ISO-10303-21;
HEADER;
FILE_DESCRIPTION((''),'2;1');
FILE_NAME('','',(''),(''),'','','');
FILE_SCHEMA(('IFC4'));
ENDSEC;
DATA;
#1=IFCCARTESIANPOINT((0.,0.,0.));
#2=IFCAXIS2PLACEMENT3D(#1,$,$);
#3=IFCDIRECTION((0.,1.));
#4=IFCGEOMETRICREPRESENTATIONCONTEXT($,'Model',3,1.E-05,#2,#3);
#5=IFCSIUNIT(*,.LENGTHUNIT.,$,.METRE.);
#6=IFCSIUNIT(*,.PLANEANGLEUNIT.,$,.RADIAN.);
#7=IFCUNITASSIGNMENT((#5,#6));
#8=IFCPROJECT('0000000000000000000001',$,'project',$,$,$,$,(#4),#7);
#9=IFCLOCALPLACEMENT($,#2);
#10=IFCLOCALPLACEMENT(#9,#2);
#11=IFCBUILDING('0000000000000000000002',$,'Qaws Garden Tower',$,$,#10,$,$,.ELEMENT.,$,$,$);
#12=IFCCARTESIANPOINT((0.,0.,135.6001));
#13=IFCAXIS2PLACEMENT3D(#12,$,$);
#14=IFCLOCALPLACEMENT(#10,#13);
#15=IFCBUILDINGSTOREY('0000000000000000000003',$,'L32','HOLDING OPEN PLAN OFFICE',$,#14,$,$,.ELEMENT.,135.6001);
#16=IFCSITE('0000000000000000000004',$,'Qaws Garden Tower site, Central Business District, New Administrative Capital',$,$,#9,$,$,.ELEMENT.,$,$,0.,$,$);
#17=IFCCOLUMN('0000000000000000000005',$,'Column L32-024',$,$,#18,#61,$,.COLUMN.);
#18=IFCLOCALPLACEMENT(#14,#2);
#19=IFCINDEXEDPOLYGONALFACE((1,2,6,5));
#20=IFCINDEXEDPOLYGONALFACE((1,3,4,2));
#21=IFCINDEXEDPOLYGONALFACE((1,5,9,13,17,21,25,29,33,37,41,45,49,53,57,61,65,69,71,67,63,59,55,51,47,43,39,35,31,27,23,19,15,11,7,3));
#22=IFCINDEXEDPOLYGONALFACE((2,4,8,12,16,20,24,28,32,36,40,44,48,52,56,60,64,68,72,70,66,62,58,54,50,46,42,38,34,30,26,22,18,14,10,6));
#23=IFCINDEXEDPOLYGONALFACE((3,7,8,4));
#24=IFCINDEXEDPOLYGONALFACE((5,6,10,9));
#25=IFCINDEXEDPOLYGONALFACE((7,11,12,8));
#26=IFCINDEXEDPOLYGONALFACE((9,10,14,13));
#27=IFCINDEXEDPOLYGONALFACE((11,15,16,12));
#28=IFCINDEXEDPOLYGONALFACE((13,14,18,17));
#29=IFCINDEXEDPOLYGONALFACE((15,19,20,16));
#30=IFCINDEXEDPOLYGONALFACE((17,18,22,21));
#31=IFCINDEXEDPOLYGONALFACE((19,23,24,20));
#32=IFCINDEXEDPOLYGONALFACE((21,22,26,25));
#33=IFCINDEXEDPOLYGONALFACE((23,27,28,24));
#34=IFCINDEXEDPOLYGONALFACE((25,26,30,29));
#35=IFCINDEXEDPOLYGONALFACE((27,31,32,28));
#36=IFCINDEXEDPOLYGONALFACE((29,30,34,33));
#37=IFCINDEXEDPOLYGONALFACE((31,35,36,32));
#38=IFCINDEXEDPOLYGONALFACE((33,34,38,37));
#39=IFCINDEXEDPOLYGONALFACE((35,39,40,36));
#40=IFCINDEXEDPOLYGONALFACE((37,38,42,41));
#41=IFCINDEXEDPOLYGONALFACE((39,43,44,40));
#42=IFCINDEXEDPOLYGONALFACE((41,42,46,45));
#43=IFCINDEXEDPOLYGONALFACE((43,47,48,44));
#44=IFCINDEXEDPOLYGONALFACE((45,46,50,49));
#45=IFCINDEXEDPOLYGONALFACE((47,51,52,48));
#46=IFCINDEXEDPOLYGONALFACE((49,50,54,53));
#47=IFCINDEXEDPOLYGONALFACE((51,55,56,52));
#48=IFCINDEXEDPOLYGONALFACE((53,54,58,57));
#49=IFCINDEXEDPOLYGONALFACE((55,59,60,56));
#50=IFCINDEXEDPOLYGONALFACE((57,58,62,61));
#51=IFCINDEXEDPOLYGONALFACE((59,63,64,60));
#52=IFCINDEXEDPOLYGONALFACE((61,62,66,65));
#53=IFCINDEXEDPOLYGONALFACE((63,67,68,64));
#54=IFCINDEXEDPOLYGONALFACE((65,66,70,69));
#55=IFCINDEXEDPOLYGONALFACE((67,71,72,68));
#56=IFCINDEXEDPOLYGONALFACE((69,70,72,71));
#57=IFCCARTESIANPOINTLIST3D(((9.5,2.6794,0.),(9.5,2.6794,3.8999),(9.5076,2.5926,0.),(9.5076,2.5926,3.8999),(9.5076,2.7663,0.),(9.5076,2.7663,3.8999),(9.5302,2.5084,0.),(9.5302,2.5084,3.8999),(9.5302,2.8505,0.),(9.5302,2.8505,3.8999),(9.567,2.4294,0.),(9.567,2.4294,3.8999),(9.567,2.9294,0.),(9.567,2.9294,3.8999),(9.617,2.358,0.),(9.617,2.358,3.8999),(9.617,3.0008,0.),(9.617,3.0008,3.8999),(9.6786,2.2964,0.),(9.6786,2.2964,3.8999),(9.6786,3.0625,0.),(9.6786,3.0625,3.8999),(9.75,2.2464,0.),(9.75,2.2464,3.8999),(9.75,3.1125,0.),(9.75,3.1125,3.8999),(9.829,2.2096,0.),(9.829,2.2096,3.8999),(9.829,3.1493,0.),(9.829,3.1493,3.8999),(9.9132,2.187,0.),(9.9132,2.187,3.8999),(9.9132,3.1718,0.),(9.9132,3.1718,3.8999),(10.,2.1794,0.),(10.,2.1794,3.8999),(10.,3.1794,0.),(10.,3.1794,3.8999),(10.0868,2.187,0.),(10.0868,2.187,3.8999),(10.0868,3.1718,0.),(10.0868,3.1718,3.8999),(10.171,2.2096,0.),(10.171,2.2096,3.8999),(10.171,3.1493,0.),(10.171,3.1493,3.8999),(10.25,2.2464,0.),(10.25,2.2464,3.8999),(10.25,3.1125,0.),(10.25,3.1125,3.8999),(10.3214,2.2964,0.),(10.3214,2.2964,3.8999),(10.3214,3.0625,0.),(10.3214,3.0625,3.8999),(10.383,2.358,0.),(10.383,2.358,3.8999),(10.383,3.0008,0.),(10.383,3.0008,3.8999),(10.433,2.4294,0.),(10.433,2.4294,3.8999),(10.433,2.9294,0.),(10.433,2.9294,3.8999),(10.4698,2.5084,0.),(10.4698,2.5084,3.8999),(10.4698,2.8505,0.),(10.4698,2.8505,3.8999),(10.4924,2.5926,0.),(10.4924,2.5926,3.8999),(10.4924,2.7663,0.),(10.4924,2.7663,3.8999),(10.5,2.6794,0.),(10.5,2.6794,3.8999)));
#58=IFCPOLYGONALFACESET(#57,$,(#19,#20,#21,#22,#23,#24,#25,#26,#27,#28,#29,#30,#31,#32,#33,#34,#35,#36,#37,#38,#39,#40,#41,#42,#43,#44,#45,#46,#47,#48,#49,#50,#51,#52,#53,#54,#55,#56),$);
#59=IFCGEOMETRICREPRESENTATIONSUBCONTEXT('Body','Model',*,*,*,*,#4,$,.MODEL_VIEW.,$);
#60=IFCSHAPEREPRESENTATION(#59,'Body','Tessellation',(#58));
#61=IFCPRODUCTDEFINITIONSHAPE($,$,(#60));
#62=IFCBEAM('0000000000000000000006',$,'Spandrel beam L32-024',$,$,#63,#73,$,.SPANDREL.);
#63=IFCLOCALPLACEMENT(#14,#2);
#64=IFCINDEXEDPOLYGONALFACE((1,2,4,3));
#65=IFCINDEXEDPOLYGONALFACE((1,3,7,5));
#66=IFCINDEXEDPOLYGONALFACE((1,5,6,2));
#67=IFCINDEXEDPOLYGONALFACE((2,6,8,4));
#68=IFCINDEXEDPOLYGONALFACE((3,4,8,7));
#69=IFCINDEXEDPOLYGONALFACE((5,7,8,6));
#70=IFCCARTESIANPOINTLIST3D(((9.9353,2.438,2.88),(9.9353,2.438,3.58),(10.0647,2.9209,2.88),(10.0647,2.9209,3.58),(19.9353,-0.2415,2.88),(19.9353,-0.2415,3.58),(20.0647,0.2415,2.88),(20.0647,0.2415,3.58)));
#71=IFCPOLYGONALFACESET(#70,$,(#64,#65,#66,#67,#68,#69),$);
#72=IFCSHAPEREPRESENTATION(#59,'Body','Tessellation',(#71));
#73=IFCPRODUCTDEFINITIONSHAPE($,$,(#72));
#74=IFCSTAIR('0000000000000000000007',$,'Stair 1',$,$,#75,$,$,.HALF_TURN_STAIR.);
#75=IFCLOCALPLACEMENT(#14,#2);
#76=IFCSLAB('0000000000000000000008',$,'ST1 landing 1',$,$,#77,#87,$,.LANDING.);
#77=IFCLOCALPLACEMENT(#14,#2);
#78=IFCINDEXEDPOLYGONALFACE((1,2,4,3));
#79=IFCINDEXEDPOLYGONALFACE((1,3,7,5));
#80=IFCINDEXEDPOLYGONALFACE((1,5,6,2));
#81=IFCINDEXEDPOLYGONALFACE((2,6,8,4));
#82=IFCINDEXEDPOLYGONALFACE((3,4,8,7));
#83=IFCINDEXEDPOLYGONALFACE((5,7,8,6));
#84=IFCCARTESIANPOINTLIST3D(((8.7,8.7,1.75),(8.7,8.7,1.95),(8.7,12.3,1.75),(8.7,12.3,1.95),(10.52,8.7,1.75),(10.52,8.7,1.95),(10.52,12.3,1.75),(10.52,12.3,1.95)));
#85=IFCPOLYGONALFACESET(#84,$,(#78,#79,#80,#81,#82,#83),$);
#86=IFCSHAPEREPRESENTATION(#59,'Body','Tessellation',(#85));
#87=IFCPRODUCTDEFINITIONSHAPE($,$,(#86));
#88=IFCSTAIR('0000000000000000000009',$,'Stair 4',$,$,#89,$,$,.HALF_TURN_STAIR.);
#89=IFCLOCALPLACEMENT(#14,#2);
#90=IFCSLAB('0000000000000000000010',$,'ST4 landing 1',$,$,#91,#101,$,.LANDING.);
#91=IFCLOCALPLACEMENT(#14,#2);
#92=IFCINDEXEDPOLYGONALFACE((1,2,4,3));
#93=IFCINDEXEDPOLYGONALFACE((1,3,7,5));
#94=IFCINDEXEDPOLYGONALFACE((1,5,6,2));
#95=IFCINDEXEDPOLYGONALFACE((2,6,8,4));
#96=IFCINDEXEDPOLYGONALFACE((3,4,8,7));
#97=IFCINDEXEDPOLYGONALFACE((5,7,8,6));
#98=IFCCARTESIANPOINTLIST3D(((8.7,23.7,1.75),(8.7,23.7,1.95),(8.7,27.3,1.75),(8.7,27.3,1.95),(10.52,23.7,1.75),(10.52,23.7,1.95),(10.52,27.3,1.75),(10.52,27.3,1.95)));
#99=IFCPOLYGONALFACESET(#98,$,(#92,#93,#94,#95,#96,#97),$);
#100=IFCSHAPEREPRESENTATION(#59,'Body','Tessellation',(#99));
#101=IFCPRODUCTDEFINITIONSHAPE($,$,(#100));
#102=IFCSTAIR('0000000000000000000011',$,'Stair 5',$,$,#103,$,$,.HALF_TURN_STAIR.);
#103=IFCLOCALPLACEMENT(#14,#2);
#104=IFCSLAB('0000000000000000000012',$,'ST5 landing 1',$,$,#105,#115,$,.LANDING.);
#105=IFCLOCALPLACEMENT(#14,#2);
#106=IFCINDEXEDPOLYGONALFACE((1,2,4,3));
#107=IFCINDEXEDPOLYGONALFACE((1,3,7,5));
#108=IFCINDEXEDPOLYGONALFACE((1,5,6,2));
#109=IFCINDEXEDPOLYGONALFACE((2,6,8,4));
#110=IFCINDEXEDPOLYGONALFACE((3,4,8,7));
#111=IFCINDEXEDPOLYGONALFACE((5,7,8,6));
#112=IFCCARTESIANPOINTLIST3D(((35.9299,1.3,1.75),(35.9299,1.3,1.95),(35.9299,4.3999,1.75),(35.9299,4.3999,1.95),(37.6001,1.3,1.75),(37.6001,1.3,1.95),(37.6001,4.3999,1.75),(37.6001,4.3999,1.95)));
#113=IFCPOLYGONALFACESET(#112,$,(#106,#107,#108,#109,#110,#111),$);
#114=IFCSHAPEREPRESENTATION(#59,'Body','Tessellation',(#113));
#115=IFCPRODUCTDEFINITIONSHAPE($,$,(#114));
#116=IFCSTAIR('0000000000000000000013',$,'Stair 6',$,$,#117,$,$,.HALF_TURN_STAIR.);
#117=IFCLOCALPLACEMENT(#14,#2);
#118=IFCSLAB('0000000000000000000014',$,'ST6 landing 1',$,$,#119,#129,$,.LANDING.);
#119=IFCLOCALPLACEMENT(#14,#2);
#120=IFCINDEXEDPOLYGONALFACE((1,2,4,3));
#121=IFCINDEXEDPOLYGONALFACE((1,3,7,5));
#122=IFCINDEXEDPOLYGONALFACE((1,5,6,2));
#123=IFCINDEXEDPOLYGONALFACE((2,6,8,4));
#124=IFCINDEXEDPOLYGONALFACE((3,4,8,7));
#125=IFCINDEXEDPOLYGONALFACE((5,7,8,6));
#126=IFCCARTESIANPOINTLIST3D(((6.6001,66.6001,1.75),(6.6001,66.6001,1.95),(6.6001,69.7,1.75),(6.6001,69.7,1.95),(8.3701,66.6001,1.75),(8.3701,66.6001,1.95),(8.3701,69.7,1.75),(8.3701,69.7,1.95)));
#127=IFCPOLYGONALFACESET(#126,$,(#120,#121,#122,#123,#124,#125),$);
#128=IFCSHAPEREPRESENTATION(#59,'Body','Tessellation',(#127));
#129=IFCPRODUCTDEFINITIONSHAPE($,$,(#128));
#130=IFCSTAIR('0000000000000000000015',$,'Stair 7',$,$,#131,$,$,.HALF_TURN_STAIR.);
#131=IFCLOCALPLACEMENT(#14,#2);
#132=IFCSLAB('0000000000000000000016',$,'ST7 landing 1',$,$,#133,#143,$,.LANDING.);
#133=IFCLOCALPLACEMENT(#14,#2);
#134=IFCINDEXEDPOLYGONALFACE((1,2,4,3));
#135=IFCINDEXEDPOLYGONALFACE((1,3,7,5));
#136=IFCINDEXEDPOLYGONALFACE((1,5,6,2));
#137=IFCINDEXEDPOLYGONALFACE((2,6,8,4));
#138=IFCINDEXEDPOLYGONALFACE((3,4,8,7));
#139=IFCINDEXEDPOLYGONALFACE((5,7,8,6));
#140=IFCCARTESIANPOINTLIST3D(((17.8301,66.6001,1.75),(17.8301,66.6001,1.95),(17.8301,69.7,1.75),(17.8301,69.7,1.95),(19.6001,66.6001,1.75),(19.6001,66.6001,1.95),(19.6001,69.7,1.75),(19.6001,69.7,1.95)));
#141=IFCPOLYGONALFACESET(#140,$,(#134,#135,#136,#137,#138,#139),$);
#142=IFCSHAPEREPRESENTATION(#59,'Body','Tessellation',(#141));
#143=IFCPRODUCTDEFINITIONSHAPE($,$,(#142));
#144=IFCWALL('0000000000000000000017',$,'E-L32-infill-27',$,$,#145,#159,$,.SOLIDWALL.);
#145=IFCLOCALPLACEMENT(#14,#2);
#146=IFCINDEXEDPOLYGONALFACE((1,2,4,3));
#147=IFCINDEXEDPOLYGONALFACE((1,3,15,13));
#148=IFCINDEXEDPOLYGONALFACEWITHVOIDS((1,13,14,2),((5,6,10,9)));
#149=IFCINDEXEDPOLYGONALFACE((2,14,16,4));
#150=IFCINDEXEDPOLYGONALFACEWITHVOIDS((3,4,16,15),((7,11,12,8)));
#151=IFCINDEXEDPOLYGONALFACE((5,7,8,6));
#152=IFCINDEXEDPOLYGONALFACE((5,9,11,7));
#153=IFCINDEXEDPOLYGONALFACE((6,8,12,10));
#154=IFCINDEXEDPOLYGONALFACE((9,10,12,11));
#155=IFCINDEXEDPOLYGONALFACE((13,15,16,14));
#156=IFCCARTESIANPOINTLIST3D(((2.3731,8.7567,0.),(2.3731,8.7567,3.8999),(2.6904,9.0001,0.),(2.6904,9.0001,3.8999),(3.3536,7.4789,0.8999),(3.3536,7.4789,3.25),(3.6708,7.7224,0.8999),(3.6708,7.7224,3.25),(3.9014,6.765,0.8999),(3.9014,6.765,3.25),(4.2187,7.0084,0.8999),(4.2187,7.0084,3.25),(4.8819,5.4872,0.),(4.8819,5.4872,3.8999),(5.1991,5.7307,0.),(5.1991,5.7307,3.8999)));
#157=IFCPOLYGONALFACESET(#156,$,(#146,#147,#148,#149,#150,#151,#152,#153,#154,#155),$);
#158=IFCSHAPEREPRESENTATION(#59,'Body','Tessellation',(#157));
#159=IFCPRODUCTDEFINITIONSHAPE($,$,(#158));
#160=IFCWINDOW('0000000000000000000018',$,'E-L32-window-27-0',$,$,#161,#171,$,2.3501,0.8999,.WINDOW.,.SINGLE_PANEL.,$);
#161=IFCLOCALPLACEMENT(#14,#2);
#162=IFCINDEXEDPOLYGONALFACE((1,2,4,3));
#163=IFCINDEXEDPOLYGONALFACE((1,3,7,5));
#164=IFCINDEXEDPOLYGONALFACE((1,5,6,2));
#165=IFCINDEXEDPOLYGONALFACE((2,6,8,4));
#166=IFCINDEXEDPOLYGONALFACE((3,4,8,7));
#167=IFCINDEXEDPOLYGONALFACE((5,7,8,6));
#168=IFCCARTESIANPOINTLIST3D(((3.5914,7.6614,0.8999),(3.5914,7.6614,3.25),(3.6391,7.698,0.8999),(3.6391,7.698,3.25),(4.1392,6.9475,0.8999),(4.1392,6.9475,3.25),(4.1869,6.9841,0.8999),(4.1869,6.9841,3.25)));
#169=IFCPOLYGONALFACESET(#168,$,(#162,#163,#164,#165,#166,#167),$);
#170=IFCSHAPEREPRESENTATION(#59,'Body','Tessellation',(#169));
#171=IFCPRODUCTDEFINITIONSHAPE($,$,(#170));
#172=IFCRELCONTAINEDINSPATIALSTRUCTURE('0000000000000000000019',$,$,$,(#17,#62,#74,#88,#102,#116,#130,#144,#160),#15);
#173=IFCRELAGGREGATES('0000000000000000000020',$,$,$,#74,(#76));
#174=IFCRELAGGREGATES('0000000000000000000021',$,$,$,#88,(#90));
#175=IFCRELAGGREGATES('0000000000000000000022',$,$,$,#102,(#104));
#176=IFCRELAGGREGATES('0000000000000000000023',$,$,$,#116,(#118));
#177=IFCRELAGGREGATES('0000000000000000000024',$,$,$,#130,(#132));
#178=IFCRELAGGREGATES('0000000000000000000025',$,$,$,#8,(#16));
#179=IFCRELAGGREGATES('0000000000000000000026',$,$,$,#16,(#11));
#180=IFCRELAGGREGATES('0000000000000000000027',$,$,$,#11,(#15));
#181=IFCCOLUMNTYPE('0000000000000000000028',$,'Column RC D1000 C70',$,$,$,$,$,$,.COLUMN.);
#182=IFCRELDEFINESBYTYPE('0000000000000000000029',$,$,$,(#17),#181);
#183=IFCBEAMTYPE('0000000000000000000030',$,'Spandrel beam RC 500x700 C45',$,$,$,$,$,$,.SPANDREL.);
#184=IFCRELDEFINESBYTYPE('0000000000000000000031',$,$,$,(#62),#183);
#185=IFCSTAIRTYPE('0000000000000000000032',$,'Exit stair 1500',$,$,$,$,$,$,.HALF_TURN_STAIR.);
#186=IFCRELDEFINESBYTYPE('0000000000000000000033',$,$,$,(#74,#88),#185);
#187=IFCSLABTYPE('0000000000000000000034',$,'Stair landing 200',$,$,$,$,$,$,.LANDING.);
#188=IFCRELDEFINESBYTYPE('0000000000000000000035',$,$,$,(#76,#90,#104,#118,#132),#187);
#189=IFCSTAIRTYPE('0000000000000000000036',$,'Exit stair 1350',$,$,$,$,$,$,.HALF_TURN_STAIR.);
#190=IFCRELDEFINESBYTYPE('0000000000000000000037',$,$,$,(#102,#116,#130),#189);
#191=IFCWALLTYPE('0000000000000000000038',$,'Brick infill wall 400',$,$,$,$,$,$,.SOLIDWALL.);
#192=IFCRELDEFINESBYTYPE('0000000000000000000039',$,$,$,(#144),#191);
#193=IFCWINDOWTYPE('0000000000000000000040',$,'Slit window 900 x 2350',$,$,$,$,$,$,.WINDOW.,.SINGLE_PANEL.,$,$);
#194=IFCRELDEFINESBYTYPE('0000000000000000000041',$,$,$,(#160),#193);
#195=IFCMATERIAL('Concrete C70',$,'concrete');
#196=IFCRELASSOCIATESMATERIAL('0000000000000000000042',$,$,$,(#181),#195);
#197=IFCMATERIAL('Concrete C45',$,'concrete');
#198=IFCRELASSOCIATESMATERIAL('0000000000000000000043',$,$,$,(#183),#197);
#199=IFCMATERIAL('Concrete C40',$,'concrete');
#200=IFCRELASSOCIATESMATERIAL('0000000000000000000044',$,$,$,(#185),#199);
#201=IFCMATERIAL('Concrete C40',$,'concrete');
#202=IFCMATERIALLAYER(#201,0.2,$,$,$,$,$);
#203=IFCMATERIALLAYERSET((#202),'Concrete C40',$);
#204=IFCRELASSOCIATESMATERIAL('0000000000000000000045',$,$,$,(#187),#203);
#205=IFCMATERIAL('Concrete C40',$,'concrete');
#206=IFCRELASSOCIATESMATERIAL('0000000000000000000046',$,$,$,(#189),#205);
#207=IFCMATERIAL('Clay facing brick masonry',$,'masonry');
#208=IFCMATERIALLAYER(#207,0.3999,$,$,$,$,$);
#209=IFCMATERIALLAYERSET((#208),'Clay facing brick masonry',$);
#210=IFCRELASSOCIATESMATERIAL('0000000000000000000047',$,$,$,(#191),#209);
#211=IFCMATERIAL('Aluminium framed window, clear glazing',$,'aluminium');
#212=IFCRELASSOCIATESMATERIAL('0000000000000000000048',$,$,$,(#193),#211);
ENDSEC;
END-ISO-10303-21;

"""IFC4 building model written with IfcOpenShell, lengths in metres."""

from ifc_helpers import new_model, si_unit, direction, frame, frame_2d, origin, origin_2d, place, context, subcontext, project, spatial, polyline, rectangle, circle, outline, extrude, material, layer, layer_set, material_profile, profile_set, type_object, element, fill, aggregate, save


model = new_model("IFC4")

# Units and contexts
model_context = context("Model", 3, precision=1e-05, world=origin(), true_north=direction((0.0, 1.0)))
body_context = subcontext(model_context, "Body", "Model", "MODEL_VIEW")
ifc_project = project(units=[si_unit("LENGTHUNIT", "METRE"), si_unit("PLANEANGLEUNIT", "RADIAN")], contexts=[model_context])

# Site, building, storey
site_placement = place(None, origin())
site = spatial("IfcSite", under=ifc_project, at=site_placement, Name="Qaws Garden Tower site, Central Business District, New Administrative Capital", CompositionType="ELEMENT", RefElevation=0.0)
building_placement = place(site_placement, origin())
building = spatial("IfcBuilding", under=site, at=building_placement, Name="Qaws Garden Tower", CompositionType="ELEMENT")
storey_placement = place(building_placement, frame((0.0, 0.0, 135.6001)))
storey = spatial("IfcBuildingStorey", under=building, at=storey_placement, Name="L32", Description="HOLDING OPEN PLAN OFFICE", CompositionType="ELEMENT", Elevation=135.6001)

# Column
ifc_material_1 = material(Name="Concrete C70", Category="concrete")
ifc_material_profile_1 = material_profile(ifc_material_1, circle(Radius=0.5, at=origin_2d()), Name="RC D1000")
ifc_profile_set_1 = profile_set([ifc_material_profile_1], Name="Concrete C70")
column_type = type_object("IfcColumnType", Name="Column RC D1000 C70", PredefinedType="COLUMN", material=ifc_profile_set_1)
column_placement = place(storey_placement, frame((10.0, 2.6794, 0.0), z_axis=(0.0, 0.0, 1.0), x_axis=(1.0, 0.0, 0.0)))
element("IfcColumn", 1, at=column_placement, inside=storey, type_object=column_type, Name="Column L32-024", PredefinedType="COLUMN", context=body_context, shape_type="SweptSolid", body=[
    extrude(circle(Radius=0.5, at=origin_2d()), origin(), (0.0, 0.0, 1.0), 3.8999),
])

# Beam
ifc_material_2 = material(Name="Concrete C45", Category="concrete")
ifc_material_profile_2 = material_profile(ifc_material_2, rectangle(XDim=0.5, YDim=0.7, at=origin_2d()), Name="RC 500x700")
ifc_profile_set_2 = profile_set([ifc_material_profile_2], Name="Concrete C45")
beam_type = type_object("IfcBeamType", Name="Spandrel beam RC 500x700 C45", PredefinedType="SPANDREL", material=ifc_profile_set_2)
beam_placement = place(storey_placement, frame((10.0, 2.6794, 3.23), z_axis=(0.965927, -0.258815, 0.0), x_axis=(0.258815, 0.965927, 0.0)))
element("IfcBeam", 2, at=beam_placement, inside=storey, type_object=beam_type, Name="Spandrel beam L32-024", PredefinedType="SPANDREL", context=body_context, shape_type="SweptSolid", body=[
    extrude(rectangle(XDim=0.5, YDim=0.7, at=origin_2d()), origin(), (0.0, 0.0, 1.0), 10.3528),
])

# Stairs, slabs
ifc_material_3 = material(Name="Concrete C40", Category="concrete")
stair_type_1 = type_object("IfcStairType", Name="Exit stair 1500", PredefinedType="HALF_TURN_STAIR", material=ifc_material_3)
placement_1 = place(storey_placement, origin())
stair_1 = element("IfcStair", 3, at=placement_1, inside=storey, type_object=stair_type_1, Name="Stair 1", PredefinedType="HALF_TURN_STAIR")
ifc_material_4 = material(Name="Concrete C40", Category="concrete")
ifc_layer_1 = layer(ifc_material_4, 0.2)
ifc_layer_set_1 = layer_set([ifc_layer_1], Name="Concrete C40")
slab_type = type_object("IfcSlabType", Name="Stair landing 200", PredefinedType="LANDING", material=ifc_layer_set_1)
placement_2 = place(storey_placement, frame((0.0, 0.0, 1.75)))
slab_1 = element("IfcSlab", 4, at=placement_2, type_object=slab_type, Name="ST1 landing 1", PredefinedType="LANDING", context=body_context, shape_type="SweptSolid", body=[
    extrude(outline(polyline([(8.7, 8.7), (10.52, 8.7), (10.52, 12.3), (8.7, 12.3), (8.7, 8.7)])), origin(), (0.0, 0.0, 1.0), 0.2),
])
aggregate(stair_1, [slab_1])
stair_2 = element("IfcStair", 5, at=placement_1, inside=storey, type_object=stair_type_1, Name="Stair 4", PredefinedType="HALF_TURN_STAIR")
slab_2 = element("IfcSlab", 6, at=placement_2, type_object=slab_type, Name="ST4 landing 1", PredefinedType="LANDING", context=body_context, shape_type="SweptSolid", body=[
    extrude(outline(polyline([(8.7, 23.7), (10.52, 23.7), (10.52, 27.3), (8.7, 27.3), (8.7, 23.7)])), origin(), (0.0, 0.0, 1.0), 0.2),
])
aggregate(stair_2, [slab_2])
ifc_material_5 = material(Name="Concrete C40", Category="concrete")
stair_type_2 = type_object("IfcStairType", Name="Exit stair 1350", PredefinedType="HALF_TURN_STAIR", material=ifc_material_5)
stair_3 = element("IfcStair", 7, at=placement_1, inside=storey, type_object=stair_type_2, Name="Stair 5", PredefinedType="HALF_TURN_STAIR")
slab_3 = element("IfcSlab", 8, at=placement_2, type_object=slab_type, Name="ST5 landing 1", PredefinedType="LANDING", context=body_context, shape_type="SweptSolid", body=[
    extrude(outline(polyline([(35.9299, 1.3), (37.6001, 1.3), (37.6001, 4.3999), (35.9299, 4.3999), (35.9299, 1.3)])), origin(), (0.0, 0.0, 1.0), 0.2),
])
aggregate(stair_3, [slab_3])
stair_4 = element("IfcStair", 9, at=placement_1, inside=storey, type_object=stair_type_2, Name="Stair 6", PredefinedType="HALF_TURN_STAIR")
slab_4 = element("IfcSlab", 10, at=placement_2, type_object=slab_type, Name="ST6 landing 1", PredefinedType="LANDING", context=body_context, shape_type="SweptSolid", body=[
    extrude(outline(polyline([(6.6001, 66.6001), (8.3701, 66.6001), (8.3701, 69.7), (6.6001, 69.7), (6.6001, 66.6001)])), origin(), (0.0, 0.0, 1.0), 0.2),
])
aggregate(stair_4, [slab_4])
stair_5 = element("IfcStair", 11, at=placement_1, inside=storey, type_object=stair_type_2, Name="Stair 7", PredefinedType="HALF_TURN_STAIR")
slab_5 = element("IfcSlab", 12, at=placement_2, type_object=slab_type, Name="ST7 landing 1", PredefinedType="LANDING", context=body_context, shape_type="SweptSolid", body=[
    extrude(outline(polyline([(17.8301, 66.6001), (19.6001, 66.6001), (19.6001, 69.7), (17.8301, 69.7), (17.8301, 66.6001)])), origin(), (0.0, 0.0, 1.0), 0.2),
])
aggregate(stair_5, [slab_5])

# Wall, opening, window
ifc_material_6 = material(Name="Clay facing brick masonry", Category="masonry")
ifc_layer_2 = layer(ifc_material_6, 0.3999)
ifc_layer_set_2 = layer_set([ifc_layer_2], Name="Clay facing brick masonry")
wall_type_1 = type_object("IfcWallType", Name="Brick infill wall 400", PredefinedType="SOLIDWALL", material=ifc_layer_set_2)
wall_1_placement = place(storey_placement, frame((2.5317, 8.8784, 0.0), z_axis=(0.0, 0.0, 1.0), x_axis=(0.60876, -0.793355, 0.0)))
wall_1 = element("IfcWall", 13, at=wall_1_placement, inside=storey, type_object=wall_type_1, Name="E-L32-infill-27", PredefinedType="SOLIDWALL", context=body_context, shape_type="SweptSolid", body=[
    extrude(rectangle(XDim=4.1211, YDim=0.3999, at=frame_2d((2.0605, 0.0))), origin(), (0.0, 0.0, 1.0), 3.8999),
])
opening_1_placement = place(wall_1_placement, frame((1.6106, 0.0, 0.8999)))
opening_1 = element("IfcOpeningElement", 14, at=opening_1_placement, cuts=wall_1, PredefinedType="OPENING", context=body_context, shape_type="SweptSolid", body=[
    extrude(rectangle(XDim=0.8999, YDim=2.3501, at=frame_2d((0.45, 1.175))), frame((0.0, 0.21, 0.0), z_axis=(0.0, -1.0, 0.0), x_axis=(1.0, 0.0, 0.0)), (0.0, 0.0, 1.0), 0.4199),
])
ifc_material_7 = material(Name="Aluminium framed window, clear glazing", Category="aluminium")
window_type = type_object("IfcWindowType", Name="Slit window 900 x 2350", PartitioningType="SINGLE_PANEL", PredefinedType="WINDOW", material=ifc_material_7)
window_1_placement = place(opening_1_placement, origin())
window_1 = element("IfcWindow", 15, at=window_1_placement, inside=storey, type_object=window_type, Name="E-L32-window-27-0", OverallHeight=2.3501, OverallWidth=0.8999, PartitioningType="SINGLE_PANEL", PredefinedType="WINDOW", context=body_context, shape_type="SweptSolid", body=[
    extrude(rectangle(XDim=0.8999, YDim=2.3501, at=frame_2d((0.45, 1.175))), frame((0.0, 0.1599, 0.0), z_axis=(0.0, -1.0, 0.0), x_axis=(1.0, 0.0, 0.0)), (0.0, 0.0, 1.0), 0.0601),
])
fill(opening_1, window_1)

save(model, "model.ifc")
